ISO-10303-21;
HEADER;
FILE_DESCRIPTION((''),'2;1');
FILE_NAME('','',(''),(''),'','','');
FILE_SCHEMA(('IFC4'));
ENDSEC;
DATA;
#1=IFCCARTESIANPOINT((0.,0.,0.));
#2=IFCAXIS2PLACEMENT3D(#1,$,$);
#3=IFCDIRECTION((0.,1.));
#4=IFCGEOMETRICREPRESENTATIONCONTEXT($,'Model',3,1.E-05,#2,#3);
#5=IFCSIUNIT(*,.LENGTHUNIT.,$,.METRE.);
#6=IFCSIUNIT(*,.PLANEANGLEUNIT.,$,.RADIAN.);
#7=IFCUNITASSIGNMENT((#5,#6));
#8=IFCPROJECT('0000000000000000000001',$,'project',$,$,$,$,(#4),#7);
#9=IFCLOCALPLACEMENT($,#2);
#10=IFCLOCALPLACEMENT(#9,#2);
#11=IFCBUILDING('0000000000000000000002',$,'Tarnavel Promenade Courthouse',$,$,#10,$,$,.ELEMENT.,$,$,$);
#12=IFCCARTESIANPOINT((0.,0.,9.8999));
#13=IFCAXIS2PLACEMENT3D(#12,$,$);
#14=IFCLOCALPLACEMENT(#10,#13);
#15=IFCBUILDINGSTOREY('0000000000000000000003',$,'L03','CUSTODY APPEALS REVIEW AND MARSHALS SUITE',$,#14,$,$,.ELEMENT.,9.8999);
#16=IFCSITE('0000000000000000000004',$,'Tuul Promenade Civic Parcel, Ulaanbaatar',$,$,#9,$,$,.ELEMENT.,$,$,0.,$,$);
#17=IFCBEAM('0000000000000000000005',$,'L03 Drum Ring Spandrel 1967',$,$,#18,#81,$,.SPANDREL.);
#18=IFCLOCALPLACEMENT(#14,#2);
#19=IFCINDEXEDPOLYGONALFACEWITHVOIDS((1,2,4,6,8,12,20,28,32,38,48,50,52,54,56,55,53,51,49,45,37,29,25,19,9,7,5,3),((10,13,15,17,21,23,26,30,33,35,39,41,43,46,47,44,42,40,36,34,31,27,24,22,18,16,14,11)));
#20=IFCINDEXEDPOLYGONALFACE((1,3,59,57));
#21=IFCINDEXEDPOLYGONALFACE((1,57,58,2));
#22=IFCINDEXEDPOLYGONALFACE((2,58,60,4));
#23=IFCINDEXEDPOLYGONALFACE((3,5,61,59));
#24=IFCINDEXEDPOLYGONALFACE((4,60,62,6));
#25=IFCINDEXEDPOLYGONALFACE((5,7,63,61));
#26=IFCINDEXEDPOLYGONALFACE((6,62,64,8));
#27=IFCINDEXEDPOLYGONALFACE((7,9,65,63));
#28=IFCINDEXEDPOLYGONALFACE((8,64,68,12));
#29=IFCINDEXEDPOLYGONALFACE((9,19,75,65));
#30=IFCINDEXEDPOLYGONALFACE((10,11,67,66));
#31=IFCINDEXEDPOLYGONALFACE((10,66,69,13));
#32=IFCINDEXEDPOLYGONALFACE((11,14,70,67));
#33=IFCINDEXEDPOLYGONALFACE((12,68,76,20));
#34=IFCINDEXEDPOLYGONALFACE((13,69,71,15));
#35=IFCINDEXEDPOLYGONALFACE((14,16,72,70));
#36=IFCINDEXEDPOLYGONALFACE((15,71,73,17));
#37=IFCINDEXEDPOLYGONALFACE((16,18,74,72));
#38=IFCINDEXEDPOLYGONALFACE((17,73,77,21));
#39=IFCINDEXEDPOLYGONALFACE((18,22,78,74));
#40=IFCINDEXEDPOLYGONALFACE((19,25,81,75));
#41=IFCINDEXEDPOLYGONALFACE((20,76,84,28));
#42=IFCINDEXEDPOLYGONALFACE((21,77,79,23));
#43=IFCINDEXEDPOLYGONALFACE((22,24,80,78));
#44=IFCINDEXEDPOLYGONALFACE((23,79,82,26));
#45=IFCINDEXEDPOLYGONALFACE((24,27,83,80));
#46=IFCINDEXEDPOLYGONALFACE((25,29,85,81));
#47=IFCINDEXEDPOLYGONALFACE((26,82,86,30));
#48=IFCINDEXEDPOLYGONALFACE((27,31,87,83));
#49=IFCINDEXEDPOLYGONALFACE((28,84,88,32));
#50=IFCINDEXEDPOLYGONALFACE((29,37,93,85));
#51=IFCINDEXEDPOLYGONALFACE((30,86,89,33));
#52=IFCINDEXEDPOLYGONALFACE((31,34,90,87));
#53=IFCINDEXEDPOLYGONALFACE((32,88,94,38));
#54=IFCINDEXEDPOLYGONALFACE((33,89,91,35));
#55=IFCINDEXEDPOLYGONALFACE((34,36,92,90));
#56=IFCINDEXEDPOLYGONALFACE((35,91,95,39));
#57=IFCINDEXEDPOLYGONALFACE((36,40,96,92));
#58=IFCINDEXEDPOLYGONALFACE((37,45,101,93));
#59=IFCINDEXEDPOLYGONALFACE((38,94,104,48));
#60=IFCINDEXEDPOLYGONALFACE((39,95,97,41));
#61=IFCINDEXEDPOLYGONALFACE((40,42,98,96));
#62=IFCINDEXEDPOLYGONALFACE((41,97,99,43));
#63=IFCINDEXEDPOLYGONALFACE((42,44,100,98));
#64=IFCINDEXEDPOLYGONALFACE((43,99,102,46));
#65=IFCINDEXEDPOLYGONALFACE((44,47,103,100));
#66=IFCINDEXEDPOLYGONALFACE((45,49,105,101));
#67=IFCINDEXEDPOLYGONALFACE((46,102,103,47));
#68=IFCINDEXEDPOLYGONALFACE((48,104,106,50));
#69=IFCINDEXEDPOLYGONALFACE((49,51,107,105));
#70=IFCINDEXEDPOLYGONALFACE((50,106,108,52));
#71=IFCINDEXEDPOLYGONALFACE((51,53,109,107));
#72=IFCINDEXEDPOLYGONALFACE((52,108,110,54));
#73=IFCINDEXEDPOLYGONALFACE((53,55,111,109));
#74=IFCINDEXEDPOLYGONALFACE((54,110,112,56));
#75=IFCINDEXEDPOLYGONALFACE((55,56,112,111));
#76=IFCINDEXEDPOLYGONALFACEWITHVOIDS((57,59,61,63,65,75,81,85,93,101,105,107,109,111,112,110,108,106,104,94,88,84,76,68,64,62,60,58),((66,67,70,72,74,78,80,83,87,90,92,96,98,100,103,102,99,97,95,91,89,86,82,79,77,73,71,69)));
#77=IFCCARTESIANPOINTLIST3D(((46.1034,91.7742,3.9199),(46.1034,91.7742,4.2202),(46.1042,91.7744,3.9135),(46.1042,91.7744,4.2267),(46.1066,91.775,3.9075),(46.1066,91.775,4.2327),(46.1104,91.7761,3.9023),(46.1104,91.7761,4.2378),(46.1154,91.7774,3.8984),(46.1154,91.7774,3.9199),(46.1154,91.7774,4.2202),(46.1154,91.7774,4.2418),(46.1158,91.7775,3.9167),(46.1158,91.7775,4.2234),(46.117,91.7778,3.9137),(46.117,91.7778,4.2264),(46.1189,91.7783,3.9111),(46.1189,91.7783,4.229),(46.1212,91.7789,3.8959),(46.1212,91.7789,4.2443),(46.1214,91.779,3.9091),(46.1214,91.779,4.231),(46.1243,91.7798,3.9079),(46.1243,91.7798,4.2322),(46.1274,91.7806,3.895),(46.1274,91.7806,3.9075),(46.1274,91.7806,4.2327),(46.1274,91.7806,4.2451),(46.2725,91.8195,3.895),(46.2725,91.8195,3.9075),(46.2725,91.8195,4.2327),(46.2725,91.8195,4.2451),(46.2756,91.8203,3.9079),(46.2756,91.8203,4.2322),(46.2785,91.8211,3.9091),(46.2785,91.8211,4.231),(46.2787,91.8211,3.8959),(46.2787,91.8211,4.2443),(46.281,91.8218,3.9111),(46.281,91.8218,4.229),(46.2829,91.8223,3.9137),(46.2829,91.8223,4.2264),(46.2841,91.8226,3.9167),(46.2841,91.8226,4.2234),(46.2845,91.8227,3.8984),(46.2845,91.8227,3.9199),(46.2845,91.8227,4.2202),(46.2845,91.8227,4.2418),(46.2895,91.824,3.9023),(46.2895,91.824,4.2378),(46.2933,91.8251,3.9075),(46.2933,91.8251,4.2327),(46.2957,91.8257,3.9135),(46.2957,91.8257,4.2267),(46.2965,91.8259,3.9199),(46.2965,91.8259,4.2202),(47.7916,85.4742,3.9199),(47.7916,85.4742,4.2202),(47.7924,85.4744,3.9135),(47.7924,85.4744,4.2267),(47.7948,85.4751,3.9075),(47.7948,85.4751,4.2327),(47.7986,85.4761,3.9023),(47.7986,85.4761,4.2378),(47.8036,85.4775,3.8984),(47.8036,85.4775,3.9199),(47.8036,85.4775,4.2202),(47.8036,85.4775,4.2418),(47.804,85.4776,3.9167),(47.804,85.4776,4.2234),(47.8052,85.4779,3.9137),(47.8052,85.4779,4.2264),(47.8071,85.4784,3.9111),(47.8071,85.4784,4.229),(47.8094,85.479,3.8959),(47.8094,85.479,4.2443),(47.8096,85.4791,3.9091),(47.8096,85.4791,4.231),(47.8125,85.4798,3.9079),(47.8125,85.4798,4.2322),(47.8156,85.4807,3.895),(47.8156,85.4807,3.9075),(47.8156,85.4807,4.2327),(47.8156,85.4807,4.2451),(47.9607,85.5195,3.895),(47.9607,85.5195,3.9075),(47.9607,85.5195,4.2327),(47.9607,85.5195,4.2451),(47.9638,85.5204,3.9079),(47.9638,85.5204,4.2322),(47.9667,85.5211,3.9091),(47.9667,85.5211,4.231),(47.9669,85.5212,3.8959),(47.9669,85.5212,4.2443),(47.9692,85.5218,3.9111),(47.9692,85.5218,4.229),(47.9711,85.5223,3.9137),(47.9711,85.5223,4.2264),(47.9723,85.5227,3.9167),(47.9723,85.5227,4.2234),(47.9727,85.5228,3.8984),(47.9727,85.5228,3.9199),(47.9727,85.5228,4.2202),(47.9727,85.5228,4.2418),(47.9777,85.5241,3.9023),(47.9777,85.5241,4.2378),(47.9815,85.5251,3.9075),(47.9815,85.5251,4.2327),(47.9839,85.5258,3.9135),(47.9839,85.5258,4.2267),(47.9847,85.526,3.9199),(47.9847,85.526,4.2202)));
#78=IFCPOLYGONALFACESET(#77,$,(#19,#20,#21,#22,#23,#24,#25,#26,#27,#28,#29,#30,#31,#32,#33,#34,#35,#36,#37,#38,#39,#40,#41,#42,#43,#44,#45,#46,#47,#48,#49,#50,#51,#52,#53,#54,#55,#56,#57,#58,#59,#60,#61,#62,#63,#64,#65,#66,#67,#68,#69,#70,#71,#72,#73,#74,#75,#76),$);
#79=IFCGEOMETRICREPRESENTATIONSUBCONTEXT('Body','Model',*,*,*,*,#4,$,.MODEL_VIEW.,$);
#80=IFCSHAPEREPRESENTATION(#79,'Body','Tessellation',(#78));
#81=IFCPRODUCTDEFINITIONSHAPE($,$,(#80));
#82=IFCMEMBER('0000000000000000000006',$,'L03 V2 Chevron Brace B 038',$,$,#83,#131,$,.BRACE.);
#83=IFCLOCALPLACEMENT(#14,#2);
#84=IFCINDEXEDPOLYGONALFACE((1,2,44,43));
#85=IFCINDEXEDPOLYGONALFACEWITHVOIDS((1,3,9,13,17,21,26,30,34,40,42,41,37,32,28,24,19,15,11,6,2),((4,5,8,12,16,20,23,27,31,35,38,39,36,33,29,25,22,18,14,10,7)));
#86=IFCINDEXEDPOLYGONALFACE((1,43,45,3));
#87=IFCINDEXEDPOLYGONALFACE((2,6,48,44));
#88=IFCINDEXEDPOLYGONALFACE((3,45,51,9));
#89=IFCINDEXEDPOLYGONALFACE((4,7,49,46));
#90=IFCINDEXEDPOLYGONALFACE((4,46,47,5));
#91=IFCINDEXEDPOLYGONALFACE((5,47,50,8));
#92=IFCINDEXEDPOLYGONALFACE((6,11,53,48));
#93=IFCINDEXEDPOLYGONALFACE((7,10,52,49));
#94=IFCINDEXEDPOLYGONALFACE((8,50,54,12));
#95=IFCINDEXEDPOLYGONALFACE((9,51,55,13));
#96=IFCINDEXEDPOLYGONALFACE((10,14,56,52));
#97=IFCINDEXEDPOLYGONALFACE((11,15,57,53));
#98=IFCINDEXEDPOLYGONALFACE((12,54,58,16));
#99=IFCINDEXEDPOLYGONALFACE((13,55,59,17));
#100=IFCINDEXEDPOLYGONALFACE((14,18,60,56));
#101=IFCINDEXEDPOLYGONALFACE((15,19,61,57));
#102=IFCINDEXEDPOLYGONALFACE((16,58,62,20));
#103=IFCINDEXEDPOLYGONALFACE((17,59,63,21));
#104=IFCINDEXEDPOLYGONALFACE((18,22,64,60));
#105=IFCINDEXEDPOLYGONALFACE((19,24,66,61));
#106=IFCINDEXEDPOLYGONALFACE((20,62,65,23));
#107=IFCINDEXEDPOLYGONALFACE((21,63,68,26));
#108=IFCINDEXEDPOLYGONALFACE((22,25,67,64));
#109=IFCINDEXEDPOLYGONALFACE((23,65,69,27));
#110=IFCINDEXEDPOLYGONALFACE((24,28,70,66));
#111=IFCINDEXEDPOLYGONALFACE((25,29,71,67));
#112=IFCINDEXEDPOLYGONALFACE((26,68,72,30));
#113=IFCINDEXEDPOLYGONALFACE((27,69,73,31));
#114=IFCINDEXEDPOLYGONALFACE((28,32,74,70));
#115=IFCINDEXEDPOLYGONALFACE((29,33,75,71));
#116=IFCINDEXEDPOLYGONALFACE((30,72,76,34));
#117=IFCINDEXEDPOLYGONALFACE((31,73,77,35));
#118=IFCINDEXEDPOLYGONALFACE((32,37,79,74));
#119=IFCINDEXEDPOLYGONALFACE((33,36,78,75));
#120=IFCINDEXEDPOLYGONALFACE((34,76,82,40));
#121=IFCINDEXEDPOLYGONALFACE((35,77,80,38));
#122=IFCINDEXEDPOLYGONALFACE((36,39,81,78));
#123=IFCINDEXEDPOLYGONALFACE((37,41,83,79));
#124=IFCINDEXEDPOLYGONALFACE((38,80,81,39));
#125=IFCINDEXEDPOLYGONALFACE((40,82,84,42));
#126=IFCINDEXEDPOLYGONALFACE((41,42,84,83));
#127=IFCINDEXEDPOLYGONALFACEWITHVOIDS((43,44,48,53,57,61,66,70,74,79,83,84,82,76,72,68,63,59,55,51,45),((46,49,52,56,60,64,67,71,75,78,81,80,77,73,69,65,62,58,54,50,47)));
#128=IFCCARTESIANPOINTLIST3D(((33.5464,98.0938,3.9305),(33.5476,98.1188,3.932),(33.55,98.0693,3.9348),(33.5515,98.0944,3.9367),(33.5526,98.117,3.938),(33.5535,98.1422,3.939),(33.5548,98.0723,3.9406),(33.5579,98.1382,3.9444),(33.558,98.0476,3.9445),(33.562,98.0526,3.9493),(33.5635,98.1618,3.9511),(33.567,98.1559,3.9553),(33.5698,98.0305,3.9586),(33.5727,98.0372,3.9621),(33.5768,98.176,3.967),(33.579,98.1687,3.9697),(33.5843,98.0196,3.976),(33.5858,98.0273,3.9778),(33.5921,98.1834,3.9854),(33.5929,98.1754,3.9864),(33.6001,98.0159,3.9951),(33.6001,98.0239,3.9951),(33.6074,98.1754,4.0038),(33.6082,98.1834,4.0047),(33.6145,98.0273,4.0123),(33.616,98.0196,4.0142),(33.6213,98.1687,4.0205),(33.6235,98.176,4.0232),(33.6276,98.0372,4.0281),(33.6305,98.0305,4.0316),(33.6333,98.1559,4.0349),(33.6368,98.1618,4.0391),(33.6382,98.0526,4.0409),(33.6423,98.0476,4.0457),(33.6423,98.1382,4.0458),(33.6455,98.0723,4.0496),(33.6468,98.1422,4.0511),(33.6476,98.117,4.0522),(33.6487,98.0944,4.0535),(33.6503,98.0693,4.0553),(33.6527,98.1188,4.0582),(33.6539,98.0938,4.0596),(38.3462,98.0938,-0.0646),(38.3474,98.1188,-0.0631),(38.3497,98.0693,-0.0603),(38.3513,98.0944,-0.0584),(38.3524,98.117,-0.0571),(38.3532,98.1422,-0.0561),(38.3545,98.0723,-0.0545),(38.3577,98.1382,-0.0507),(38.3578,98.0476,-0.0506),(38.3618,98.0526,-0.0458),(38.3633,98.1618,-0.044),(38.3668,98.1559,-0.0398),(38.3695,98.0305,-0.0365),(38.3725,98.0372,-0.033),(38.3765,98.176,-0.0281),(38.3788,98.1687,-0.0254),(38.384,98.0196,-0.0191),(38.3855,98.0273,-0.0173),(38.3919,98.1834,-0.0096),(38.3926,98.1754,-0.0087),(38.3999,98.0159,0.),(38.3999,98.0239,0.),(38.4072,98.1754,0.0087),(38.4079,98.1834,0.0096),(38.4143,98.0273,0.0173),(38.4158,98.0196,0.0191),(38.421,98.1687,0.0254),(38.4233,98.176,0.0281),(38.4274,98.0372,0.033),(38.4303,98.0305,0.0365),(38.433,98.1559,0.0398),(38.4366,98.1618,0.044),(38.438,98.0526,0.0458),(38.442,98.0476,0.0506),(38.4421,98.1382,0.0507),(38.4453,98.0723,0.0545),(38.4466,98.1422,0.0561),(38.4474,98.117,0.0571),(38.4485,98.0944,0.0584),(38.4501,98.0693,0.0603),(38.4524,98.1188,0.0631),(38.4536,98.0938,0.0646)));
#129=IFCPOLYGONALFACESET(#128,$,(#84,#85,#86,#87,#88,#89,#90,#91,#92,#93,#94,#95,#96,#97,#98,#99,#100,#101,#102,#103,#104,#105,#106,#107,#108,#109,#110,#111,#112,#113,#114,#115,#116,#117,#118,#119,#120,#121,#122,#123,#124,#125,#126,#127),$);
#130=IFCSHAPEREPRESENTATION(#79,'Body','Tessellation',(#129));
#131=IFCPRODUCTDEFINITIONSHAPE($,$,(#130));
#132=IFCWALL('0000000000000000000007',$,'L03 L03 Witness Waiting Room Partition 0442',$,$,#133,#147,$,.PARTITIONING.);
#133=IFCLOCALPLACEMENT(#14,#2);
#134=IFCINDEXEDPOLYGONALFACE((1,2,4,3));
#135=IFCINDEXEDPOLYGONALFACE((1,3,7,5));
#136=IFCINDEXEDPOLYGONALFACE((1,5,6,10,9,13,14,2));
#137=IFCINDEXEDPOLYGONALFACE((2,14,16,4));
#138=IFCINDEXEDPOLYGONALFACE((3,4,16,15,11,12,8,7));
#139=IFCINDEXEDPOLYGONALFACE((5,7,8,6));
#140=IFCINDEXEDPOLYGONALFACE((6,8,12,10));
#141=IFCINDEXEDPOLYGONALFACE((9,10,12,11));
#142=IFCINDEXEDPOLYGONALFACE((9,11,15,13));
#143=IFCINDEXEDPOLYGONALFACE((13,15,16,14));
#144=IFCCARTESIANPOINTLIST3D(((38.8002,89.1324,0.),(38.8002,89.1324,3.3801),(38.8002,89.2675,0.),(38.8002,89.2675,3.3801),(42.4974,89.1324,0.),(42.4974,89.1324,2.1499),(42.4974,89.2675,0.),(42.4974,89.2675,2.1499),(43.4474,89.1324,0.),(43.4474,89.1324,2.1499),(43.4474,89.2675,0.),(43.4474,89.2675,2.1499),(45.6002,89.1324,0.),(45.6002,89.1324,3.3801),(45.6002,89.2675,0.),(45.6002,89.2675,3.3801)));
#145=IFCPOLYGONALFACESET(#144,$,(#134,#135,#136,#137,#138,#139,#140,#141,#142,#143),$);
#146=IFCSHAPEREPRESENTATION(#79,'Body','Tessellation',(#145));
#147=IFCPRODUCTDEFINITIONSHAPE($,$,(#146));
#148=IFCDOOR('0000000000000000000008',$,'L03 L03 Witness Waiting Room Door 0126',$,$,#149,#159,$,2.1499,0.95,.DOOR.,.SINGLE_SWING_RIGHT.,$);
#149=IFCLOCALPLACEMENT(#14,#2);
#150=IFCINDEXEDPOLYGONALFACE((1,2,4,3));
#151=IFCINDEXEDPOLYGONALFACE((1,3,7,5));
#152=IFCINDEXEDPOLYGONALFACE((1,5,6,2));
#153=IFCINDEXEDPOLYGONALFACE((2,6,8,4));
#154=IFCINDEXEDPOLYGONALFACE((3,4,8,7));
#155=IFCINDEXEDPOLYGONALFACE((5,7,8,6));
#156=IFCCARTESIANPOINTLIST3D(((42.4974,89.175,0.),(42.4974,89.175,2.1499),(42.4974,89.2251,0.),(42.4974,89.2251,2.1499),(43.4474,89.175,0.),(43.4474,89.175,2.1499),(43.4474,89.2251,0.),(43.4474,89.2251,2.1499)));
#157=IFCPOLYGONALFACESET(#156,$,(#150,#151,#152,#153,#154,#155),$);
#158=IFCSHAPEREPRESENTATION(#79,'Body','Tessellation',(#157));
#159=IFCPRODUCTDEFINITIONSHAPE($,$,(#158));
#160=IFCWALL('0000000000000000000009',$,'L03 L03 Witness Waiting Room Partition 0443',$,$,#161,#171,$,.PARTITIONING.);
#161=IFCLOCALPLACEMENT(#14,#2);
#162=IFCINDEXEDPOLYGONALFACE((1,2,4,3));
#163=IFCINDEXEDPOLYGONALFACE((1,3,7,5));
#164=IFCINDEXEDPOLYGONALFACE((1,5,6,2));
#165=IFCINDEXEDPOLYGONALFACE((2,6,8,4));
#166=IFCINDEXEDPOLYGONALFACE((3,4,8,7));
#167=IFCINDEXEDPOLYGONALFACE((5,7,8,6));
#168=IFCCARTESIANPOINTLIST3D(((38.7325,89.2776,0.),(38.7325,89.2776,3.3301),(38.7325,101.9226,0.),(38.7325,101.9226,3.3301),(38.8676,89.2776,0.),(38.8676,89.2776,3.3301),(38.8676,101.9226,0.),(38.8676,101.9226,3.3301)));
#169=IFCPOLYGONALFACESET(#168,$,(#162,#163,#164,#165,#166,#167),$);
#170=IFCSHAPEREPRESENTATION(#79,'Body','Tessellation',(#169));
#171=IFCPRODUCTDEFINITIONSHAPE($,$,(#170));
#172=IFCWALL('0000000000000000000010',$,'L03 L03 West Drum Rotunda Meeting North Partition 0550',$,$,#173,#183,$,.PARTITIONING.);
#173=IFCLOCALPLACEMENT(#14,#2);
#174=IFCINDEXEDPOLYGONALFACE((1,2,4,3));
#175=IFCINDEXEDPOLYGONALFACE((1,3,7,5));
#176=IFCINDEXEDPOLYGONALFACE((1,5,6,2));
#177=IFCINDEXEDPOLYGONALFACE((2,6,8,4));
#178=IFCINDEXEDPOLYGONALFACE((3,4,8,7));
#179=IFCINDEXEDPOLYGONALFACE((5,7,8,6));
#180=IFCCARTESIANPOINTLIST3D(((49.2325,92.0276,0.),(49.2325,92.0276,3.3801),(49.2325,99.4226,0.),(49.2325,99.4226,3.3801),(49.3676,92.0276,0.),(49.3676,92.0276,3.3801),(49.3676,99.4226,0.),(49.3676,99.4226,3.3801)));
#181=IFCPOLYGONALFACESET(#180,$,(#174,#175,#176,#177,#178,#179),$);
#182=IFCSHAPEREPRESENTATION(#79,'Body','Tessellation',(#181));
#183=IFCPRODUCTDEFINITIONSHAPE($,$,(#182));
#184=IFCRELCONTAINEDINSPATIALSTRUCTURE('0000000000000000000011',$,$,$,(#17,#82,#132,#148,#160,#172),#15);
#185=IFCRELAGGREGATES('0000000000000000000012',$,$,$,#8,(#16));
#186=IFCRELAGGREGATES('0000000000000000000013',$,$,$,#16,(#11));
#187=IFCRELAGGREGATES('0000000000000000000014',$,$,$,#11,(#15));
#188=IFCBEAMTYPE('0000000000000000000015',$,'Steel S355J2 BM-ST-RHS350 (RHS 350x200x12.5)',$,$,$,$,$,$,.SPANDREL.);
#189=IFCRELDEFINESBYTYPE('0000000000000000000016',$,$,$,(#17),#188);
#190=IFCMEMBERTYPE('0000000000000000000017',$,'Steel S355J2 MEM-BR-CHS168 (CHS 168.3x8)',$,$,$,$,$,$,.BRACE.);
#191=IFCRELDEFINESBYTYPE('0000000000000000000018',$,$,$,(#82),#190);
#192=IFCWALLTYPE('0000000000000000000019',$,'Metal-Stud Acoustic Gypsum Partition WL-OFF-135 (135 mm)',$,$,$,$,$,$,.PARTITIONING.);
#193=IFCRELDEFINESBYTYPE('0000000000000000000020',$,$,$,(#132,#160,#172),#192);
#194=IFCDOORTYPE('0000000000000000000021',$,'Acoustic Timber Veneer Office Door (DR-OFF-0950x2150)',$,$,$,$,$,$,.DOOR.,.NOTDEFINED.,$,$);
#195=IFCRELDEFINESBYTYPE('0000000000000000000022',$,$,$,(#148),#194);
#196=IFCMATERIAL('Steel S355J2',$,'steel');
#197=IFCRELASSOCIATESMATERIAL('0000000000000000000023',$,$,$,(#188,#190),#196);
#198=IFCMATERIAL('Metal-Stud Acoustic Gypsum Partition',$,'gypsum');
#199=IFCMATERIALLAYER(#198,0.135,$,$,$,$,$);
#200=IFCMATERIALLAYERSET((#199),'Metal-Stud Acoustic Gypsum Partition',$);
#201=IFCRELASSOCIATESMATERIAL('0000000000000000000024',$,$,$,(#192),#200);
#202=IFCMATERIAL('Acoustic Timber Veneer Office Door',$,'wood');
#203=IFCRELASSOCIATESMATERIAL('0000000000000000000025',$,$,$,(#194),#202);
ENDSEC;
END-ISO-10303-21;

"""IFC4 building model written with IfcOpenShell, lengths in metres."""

from ifc_helpers import new_model, si_unit, direction, frame, frame_2d, origin, origin_2d, place, context, subcontext, project, spatial, rectangle, hollow_rectangle, hollow_circle, extrude, material, layer, layer_set, material_profile, profile_set, type_object, element, fill, save


model = new_model("IFC4")

# Units and contexts
model_context = context("Model", 3, precision=1e-05, world=origin(), true_north=direction((0.0, 1.0)))
body_context = subcontext(model_context, "Body", "Model", "MODEL_VIEW")
ifc_project = project(units=[si_unit("LENGTHUNIT", "METRE"), si_unit("PLANEANGLEUNIT", "RADIAN")], contexts=[model_context])

# Site, building, storey
site_placement = place(None, origin())
site = spatial("IfcSite", under=ifc_project, at=site_placement, Name="Tuul Promenade Civic Parcel, Ulaanbaatar", CompositionType="ELEMENT", RefElevation=0.0)
building_placement = place(site_placement, origin())
building = spatial("IfcBuilding", under=site, at=building_placement, Name="Tarnavel Promenade Courthouse", CompositionType="ELEMENT")
storey_placement = place(building_placement, frame((0.0, 0.0, 9.8999)))
storey = spatial("IfcBuildingStorey", under=building, at=storey_placement, Name="L03", Description="CUSTODY APPEALS REVIEW AND MARSHALS SUITE", CompositionType="ELEMENT", Elevation=9.8999)

# Beam
ifc_material_1 = material(Name="Steel S355J2", Category="steel")
ifc_material_profile_1 = material_profile(ifc_material_1, hollow_rectangle(XDim=0.2, YDim=0.3501, WallThickness=0.0125, InnerFilletRadius=0.0125, OuterFilletRadius=0.0249, at=origin_2d()), Name="RHS 350x200x12.5")
ifc_profile_set_1 = profile_set([ifc_material_profile_1], Name="Steel S355J2")
beam_type_1 = type_object("IfcBeamType", Name="Steel S355J2 BM-ST-RHS350 (RHS 350x200x12.5)", PredefinedType="SPANDREL", material=ifc_profile_set_1)
beam_1_placement = place(storey_placement, frame((46.2, 91.8, 4.0701), z_axis=(0.258839, -0.96592, 0.0), x_axis=(0.96592, 0.258839, 0.0)))
element("IfcBeam", 1, at=beam_1_placement, inside=storey, type_object=beam_type_1, Name="L03 Drum Ring Spandrel 1967", PredefinedType="SPANDREL", context=body_context, shape_type="SweptSolid", body=[
    extrude(hollow_rectangle(XDim=0.2, YDim=0.3501, WallThickness=0.0125, InnerFilletRadius=0.0125, OuterFilletRadius=0.0249, at=origin_2d()), origin(), (0.0, 0.0, 1.0), 6.5222),
])

# Member
ifc_material_profile_2 = material_profile(ifc_material_1, hollow_circle(Radius=0.0842, WallThickness=0.0081, at=origin_2d()), Name="CHS 168.3x8")
ifc_profile_set_2 = profile_set([ifc_material_profile_2], Name="Steel S355J2")
member_type = type_object("IfcMemberType", Name="Steel S355J2 MEM-BR-CHS168 (CHS 168.3x8)", PredefinedType="BRACE", material=ifc_profile_set_2)
member_placement = place(storey_placement, frame((38.3999, 98.1001, 0.0), z_axis=(-0.768593, 0.0, 0.639738), x_axis=(0.0, -1.0, 0.0)))
element("IfcMember", 2, at=member_placement, inside=storey, type_object=member_type, Name="L03 V2 Chevron Brace B 038", PredefinedType="BRACE", context=body_context, shape_type="SweptSolid", body=[
    extrude(hollow_circle(Radius=0.0842, WallThickness=0.0081, at=origin_2d()), origin(), (0.0, 0.0, 1.0), 6.2449),
])

# Wall, opening, door
ifc_material_2 = material(Name="Metal-Stud Acoustic Gypsum Partition", Category="gypsum")
ifc_layer_1 = layer(ifc_material_2, 0.135)
ifc_layer_set_1 = layer_set([ifc_layer_1], Name="Metal-Stud Acoustic Gypsum Partition")
wall_type_1 = type_object("IfcWallType", Name="Metal-Stud Acoustic Gypsum Partition WL-OFF-135 (135 mm)", PredefinedType="PARTITIONING", material=ifc_layer_set_1)
wall_1_placement = place(storey_placement, frame((45.6001, 89.2, 0.0), z_axis=(0.0, 0.0, 1.0), x_axis=(-1.0, 0.0, 0.0)))
wall_1 = element("IfcWall", 3, at=wall_1_placement, inside=storey, type_object=wall_type_1, Name="L03 L03 Witness Waiting Room Partition 0442", PredefinedType="PARTITIONING", context=body_context, shape_type="SweptSolid", body=[
    extrude(rectangle(XDim=6.8, YDim=0.135, at=frame_2d((3.3999, 0.0))), origin(), (0.0, 0.0, 1.0), 3.3801),
])
opening_1_placement = place(wall_1_placement, frame((2.1526, 0.0, 0.0)))
opening_1 = element("IfcOpeningElement", 4, at=opening_1_placement, cuts=wall_1, PredefinedType="OPENING", context=body_context, shape_type="SweptSolid", body=[
    extrude(rectangle(XDim=0.95, YDim=2.1499, at=frame_2d((0.4751, 1.075))), frame((0.0, 0.0774, 0.0), z_axis=(0.0, -1.0, 0.0), x_axis=(1.0, 0.0, 0.0)), (0.0, 0.0, 1.0), 0.155),
])
ifc_material_3 = material(Name="Acoustic Timber Veneer Office Door", Category="wood")
door_type = type_object("IfcDoorType", Name="Acoustic Timber Veneer Office Door (DR-OFF-0950x2150)", OperationType="NOTDEFINED", PredefinedType="DOOR", material=ifc_material_3)
door_placement = place(opening_1_placement, origin())
door = element("IfcDoor", 5, at=door_placement, inside=storey, type_object=door_type, Name="L03 L03 Witness Waiting Room Door 0126", OperationType="SINGLE_SWING_RIGHT", OverallHeight=2.1499, OverallWidth=0.95, PredefinedType="DOOR", context=body_context, shape_type="SweptSolid", body=[
    extrude(rectangle(XDim=0.95, YDim=2.1499, at=frame_2d((0.4751, 1.075))), frame((0.0, 0.0249, 0.0), z_axis=(0.0, -1.0, 0.0), x_axis=(1.0, 0.0, 0.0)), (0.0, 0.0, 1.0), 0.05),
])
fill(opening_1, door)

# Walls
wall_2_placement = place(storey_placement, frame((38.8, 89.2776, 0.0), z_axis=(0.0, 0.0, 1.0), x_axis=(0.0, 1.0, 0.0)))
element("IfcWall", 6, at=wall_2_placement, inside=storey, type_object=wall_type_1, Name="L03 L03 Witness Waiting Room Partition 0443", PredefinedType="PARTITIONING", context=body_context, shape_type="SweptSolid", body=[
    extrude(rectangle(XDim=12.645, YDim=0.135, at=frame_2d((6.3225, 0.0))), origin(), (0.0, 0.0, 1.0), 3.3301),
])
wall_3_placement = place(storey_placement, frame((49.3, 92.0276, 0.0), z_axis=(0.0, 0.0, 1.0), x_axis=(0.0, 1.0, 0.0)))
element("IfcWall", 7, at=wall_3_placement, inside=storey, type_object=wall_type_1, Name="L03 L03 West Drum Rotunda Meeting North Partition 0550", PredefinedType="PARTITIONING", context=body_context, shape_type="SweptSolid", body=[
    extrude(rectangle(XDim=7.395, YDim=0.135, at=frame_2d((3.6975, 0.0))), origin(), (0.0, 0.0, 1.0), 3.3801),
])

save(model, "model.ifc")
